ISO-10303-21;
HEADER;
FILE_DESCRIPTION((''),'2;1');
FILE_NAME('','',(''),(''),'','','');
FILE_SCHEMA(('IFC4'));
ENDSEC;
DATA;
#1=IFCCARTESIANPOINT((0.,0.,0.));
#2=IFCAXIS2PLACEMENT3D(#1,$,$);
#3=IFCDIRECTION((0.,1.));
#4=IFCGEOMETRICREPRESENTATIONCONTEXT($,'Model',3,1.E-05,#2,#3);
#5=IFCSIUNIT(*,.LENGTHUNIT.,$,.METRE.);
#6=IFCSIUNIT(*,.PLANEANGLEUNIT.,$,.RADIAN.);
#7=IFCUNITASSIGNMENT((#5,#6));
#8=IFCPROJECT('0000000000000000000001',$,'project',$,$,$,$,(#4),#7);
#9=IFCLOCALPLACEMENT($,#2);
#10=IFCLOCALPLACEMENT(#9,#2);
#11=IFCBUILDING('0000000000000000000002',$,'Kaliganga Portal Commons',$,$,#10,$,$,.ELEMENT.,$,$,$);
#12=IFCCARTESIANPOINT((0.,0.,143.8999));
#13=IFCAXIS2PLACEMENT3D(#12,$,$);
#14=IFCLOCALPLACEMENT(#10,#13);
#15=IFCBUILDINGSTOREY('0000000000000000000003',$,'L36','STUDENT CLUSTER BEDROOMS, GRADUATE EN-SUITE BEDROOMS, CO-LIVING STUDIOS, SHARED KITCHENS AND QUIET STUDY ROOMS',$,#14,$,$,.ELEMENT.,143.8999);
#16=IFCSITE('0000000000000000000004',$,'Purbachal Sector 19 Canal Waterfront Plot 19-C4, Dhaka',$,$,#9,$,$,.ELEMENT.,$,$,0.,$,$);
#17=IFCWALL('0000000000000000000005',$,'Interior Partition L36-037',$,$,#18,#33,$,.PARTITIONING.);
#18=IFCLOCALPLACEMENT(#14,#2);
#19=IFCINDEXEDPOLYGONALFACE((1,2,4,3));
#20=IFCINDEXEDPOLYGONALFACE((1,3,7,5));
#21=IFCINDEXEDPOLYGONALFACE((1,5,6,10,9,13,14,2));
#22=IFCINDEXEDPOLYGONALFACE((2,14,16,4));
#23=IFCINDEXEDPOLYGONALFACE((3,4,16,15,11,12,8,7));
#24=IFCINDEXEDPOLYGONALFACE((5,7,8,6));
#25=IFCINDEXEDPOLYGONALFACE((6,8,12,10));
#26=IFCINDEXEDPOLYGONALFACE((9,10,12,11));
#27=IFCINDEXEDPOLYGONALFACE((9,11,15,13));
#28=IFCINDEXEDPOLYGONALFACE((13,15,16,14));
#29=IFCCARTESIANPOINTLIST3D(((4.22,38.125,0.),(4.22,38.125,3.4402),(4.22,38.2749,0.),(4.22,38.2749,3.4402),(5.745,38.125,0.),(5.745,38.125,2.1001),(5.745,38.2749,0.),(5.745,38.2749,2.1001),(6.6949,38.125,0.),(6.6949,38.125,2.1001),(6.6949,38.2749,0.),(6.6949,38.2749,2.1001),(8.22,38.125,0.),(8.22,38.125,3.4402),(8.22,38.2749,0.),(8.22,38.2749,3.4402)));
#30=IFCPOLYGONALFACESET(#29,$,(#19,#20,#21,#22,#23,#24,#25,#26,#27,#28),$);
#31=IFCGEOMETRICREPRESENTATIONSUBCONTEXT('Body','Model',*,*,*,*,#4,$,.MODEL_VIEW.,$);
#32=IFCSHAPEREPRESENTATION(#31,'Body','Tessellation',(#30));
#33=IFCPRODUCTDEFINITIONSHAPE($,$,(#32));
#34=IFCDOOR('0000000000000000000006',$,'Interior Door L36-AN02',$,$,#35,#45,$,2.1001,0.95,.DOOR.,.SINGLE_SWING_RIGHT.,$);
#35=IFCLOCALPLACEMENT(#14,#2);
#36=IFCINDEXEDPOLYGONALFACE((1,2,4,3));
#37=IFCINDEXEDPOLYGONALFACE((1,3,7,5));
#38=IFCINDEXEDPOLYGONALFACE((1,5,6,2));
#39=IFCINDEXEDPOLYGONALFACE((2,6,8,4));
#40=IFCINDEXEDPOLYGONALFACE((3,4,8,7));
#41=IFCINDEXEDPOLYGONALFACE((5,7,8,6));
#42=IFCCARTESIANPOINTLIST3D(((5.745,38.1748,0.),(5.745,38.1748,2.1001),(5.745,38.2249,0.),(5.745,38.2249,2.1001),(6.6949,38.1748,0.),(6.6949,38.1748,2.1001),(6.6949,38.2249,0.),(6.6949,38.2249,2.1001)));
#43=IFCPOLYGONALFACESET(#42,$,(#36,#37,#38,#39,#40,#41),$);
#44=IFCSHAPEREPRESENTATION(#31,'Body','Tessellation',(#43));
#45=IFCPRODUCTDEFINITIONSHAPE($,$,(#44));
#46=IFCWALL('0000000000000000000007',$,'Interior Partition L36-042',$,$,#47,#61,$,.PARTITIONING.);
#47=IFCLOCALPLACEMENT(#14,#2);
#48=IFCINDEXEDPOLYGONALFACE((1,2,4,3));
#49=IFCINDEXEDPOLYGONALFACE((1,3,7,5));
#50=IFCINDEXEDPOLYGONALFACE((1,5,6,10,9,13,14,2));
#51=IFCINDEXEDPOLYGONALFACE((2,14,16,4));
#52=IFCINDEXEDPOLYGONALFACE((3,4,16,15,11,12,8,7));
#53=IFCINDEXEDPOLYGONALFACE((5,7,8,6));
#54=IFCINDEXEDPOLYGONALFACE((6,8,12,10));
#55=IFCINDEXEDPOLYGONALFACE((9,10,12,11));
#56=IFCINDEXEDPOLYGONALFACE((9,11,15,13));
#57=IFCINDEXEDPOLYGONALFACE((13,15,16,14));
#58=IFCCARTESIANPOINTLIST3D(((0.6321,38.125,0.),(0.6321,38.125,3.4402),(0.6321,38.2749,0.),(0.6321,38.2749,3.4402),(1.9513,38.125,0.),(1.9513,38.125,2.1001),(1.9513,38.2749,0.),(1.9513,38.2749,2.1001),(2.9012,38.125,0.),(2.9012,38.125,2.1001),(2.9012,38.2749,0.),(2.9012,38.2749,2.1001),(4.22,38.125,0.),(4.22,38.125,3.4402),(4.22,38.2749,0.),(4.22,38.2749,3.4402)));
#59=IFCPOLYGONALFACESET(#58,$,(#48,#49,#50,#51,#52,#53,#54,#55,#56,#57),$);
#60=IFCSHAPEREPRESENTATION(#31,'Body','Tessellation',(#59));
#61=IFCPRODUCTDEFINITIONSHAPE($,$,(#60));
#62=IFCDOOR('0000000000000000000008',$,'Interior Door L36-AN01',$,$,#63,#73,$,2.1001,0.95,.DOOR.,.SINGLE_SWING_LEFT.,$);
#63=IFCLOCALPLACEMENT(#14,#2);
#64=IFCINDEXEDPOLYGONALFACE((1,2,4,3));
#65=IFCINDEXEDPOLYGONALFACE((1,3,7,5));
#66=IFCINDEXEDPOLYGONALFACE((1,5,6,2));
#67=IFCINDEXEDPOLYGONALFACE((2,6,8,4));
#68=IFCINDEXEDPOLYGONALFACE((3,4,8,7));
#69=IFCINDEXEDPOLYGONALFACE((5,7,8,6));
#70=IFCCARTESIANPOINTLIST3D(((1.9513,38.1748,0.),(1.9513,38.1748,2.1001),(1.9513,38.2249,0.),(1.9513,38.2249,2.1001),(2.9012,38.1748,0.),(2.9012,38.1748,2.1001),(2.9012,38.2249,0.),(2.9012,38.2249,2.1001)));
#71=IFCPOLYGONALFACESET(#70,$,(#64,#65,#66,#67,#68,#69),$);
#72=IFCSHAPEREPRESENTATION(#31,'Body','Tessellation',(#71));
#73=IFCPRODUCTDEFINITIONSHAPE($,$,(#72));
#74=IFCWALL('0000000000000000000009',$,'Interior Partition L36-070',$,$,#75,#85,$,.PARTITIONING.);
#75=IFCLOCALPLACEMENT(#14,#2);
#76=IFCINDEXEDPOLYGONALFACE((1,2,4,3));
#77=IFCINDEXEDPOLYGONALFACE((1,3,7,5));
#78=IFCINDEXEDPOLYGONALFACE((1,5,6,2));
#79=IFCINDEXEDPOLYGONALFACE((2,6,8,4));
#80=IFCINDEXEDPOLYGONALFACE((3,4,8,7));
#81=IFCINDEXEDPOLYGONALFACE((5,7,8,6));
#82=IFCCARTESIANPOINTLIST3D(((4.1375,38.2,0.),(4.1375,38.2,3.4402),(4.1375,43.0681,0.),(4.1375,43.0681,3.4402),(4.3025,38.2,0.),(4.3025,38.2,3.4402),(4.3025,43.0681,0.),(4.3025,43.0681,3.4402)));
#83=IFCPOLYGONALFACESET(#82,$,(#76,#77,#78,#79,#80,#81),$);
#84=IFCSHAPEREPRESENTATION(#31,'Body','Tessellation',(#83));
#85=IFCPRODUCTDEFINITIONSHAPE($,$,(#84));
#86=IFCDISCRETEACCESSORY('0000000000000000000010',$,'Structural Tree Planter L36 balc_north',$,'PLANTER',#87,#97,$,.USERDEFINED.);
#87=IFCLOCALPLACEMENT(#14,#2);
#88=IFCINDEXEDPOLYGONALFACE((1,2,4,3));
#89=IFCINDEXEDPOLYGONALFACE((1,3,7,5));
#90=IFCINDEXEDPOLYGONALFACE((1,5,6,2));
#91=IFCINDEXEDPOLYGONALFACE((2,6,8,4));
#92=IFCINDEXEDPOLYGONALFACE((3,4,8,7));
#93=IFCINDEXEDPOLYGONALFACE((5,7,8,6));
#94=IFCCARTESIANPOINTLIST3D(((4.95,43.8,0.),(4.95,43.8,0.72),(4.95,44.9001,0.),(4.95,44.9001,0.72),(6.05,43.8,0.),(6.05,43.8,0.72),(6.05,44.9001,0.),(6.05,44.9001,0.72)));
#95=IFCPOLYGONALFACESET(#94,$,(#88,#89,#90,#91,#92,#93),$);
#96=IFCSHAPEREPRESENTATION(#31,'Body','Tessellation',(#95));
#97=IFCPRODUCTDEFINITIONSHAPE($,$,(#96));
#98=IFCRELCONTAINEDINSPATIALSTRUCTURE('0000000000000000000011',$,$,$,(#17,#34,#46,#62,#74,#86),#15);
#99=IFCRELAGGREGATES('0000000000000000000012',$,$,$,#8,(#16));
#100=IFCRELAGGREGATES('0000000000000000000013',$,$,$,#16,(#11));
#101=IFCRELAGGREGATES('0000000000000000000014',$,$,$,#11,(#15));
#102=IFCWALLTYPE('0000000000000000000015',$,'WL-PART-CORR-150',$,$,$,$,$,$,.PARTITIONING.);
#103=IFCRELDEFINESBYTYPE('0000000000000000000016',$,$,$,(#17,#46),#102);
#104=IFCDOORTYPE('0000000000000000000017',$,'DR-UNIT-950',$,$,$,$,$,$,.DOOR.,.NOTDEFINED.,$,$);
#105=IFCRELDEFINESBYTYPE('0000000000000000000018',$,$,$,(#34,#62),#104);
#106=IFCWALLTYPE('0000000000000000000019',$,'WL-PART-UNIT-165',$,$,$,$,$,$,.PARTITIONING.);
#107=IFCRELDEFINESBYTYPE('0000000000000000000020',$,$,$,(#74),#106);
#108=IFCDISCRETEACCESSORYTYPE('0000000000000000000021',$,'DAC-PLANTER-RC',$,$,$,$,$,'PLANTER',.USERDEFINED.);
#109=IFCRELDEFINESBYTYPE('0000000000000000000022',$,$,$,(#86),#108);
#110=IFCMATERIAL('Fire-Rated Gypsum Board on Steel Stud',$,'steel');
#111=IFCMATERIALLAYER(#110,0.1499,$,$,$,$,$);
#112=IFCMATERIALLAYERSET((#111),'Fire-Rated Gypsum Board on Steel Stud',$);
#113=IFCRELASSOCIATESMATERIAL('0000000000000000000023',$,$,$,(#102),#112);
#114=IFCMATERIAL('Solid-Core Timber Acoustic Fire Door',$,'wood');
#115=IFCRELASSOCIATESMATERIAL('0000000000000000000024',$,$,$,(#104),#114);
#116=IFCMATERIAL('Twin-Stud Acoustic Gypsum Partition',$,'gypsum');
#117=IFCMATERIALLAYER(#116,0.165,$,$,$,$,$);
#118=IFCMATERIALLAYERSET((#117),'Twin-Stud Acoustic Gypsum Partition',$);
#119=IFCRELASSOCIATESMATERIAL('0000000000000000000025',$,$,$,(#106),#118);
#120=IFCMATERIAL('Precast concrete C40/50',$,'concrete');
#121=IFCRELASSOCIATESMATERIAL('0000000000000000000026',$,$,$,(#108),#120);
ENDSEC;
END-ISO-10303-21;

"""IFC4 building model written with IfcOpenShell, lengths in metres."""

from ifc_helpers import new_model, si_unit, direction, frame, frame_2d, origin, origin_2d, place, context, subcontext, project, spatial, rectangle, extrude, source, transform, mapped, material, layer, layer_set, type_object, element, fill, save


model = new_model("IFC4")

# Units and contexts
model_context = context("Model", 3, precision=1e-05, world=origin(), true_north=direction((0.0, 1.0)))
body_context = subcontext(model_context, "Body", "Model", "MODEL_VIEW")
ifc_project = project(units=[si_unit("LENGTHUNIT", "METRE"), si_unit("PLANEANGLEUNIT", "RADIAN")], contexts=[model_context])

# Site, building, storey
site_placement = place(None, origin())
site = spatial("IfcSite", under=ifc_project, at=site_placement, Name="Purbachal Sector 19 Canal Waterfront Plot 19-C4, Dhaka", CompositionType="ELEMENT", RefElevation=0.0)
building_placement = place(site_placement, origin())
building = spatial("IfcBuilding", under=site, at=building_placement, Name="Kaliganga Portal Commons", CompositionType="ELEMENT")
storey_placement = place(building_placement, frame((0.0, 0.0, 143.8999)))
storey = spatial("IfcBuildingStorey", under=building, at=storey_placement, Name="L36", Description="STUDENT CLUSTER BEDROOMS, GRADUATE EN-SUITE BEDROOMS, CO-LIVING STUDIOS, SHARED KITCHENS AND QUIET STUDY ROOMS", CompositionType="ELEMENT", Elevation=143.8999)

# Walls, openings, doors
ifc_material_1 = material(Name="Fire-Rated Gypsum Board on Steel Stud", Category="steel")
ifc_layer_1 = layer(ifc_material_1, 0.1499)
ifc_layer_set_1 = layer_set([ifc_layer_1], Name="Fire-Rated Gypsum Board on Steel Stud")
wall_type_1 = type_object("IfcWallType", Name="WL-PART-CORR-150", PredefinedType="PARTITIONING", material=ifc_layer_set_1)
ifc_material_2 = material(Name="Solid-Core Timber Acoustic Fire Door", Category="wood")
door_type = type_object("IfcDoorType", Name="DR-UNIT-950", OperationType="NOTDEFINED", PredefinedType="DOOR", material=ifc_material_2)
wall_1_placement = place(storey_placement, frame((4.22, 38.2, 0.0), z_axis=(0.0, 0.0, 1.0), x_axis=(1.0, 0.0, 0.0)))
wall_1 = element("IfcWall", 1, at=wall_1_placement, inside=storey, type_object=wall_type_1, Name="Interior Partition L36-037", PredefinedType="PARTITIONING", context=body_context, shape_type="SweptSolid", body=[
    extrude(rectangle(XDim=4.0, YDim=0.1499, at=frame_2d((2.0, 0.0))), origin(), (0.0, 0.0, 1.0), 3.4402),
])
opening_1_placement = place(wall_1_placement, frame((1.5249, 0.0, 0.0)))
opening_1 = element("IfcOpeningElement", 2, at=opening_1_placement, cuts=wall_1, PredefinedType="OPENING", context=body_context, shape_type="SweptSolid", body=[
    extrude(rectangle(XDim=0.95, YDim=2.1001, at=frame_2d((0.4751, 1.05))), frame((0.0, 0.085, 0.0), z_axis=(0.0, -1.0, 0.0), x_axis=(1.0, 0.0, 0.0)), (0.0, 0.0, 1.0), 0.1699),
])
door_1_placement = place(opening_1_placement, origin())
door_1 = element("IfcDoor", 3, at=door_1_placement, inside=storey, type_object=door_type, Name="Interior Door L36-AN02", OperationType="SINGLE_SWING_RIGHT", OverallHeight=2.1001, OverallWidth=0.95, PredefinedType="DOOR", context=body_context, shape_type="SweptSolid", body=[
    extrude(rectangle(XDim=0.95, YDim=2.1001, at=frame_2d((0.4751, 1.05))), frame((0.0, 0.0249, 0.0), z_axis=(0.0, -1.0, 0.0), x_axis=(1.0, 0.0, 0.0)), (0.0, 0.0, 1.0), 0.05),
])
fill(opening_1, door_1)
wall_2_placement = place(storey_placement, frame((0.6321, 38.2, 0.0), z_axis=(0.0, 0.0, 1.0), x_axis=(1.0, 0.0, 0.0)))
wall_2 = element("IfcWall", 4, at=wall_2_placement, inside=storey, type_object=wall_type_1, Name="Interior Partition L36-042", PredefinedType="PARTITIONING", context=body_context, shape_type="SweptSolid", body=[
    extrude(rectangle(XDim=3.5879, YDim=0.1499, at=frame_2d((1.7939, 0.0))), origin(), (0.0, 0.0, 1.0), 3.4402),
])
opening_2_placement = place(wall_2_placement, frame((1.3191, 0.0, 0.0)))
opening_2 = element("IfcOpeningElement", 5, at=opening_2_placement, cuts=wall_2, PredefinedType="OPENING", context=body_context, shape_type="SweptSolid", body=[
    extrude(rectangle(XDim=0.95, YDim=2.1001, at=frame_2d((0.4751, 1.05))), frame((0.0, 0.085, 0.0), z_axis=(0.0, -1.0, 0.0), x_axis=(1.0, 0.0, 0.0)), (0.0, 0.0, 1.0), 0.1699),
])
door_2_placement = place(opening_2_placement, origin())
door_2 = element("IfcDoor", 6, at=door_2_placement, inside=storey, type_object=door_type, Name="Interior Door L36-AN01", OperationType="SINGLE_SWING_LEFT", OverallHeight=2.1001, OverallWidth=0.95, PredefinedType="DOOR", context=body_context, shape_type="SweptSolid", body=[
    extrude(rectangle(XDim=0.95, YDim=2.1001, at=frame_2d((0.4751, 1.05))), frame((0.0, 0.0249, 0.0), z_axis=(0.0, -1.0, 0.0), x_axis=(1.0, 0.0, 0.0)), (0.0, 0.0, 1.0), 0.05),
])
fill(opening_2, door_2)

# Wall
ifc_material_3 = material(Name="Twin-Stud Acoustic Gypsum Partition", Category="gypsum")
ifc_layer_2 = layer(ifc_material_3, 0.165)
ifc_layer_set_2 = layer_set([ifc_layer_2], Name="Twin-Stud Acoustic Gypsum Partition")
wall_type_2 = type_object("IfcWallType", Name="WL-PART-UNIT-165", PredefinedType="PARTITIONING", material=ifc_layer_set_2)
wall_3_placement = place(storey_placement, frame((4.22, 38.2, 0.0), z_axis=(0.0, 0.0, 1.0), x_axis=(0.0, 1.0, 0.0)))
element("IfcWall", 7, at=wall_3_placement, inside=storey, type_object=wall_type_2, Name="Interior Partition L36-070", PredefinedType="PARTITIONING", context=body_context, shape_type="SweptSolid", body=[
    extrude(rectangle(XDim=4.8682, YDim=0.165, at=frame_2d((2.4341, 0.0))), origin(), (0.0, 0.0, 1.0), 3.4402),
])

# Discrete accessory
ifc_material_4 = material(Name="Precast concrete C40/50", Category="concrete")
discrete_accessory_type = type_object("IfcDiscreteAccessoryType", Name="DAC-PLANTER-RC", ElementType="PLANTER", PredefinedType="USERDEFINED", material=ifc_material_4)
shared_shape_1 = source(origin(), body_context, "Body", "SweptSolid", [
    extrude(rectangle(XDim=1.1001, YDim=1.1001, at=origin_2d()), origin(), (0.0, 0.0, 1.0), 0.72),
])
discrete_accessory_placement = place(storey_placement, frame((5.5, 44.3501, 0.0), z_axis=(0.0, 0.0, 1.0), x_axis=(1.0, 0.0, 0.0)))
element("IfcDiscreteAccessory", 8, at=discrete_accessory_placement, inside=storey, type_object=discrete_accessory_type, Name="Structural Tree Planter L36 balc_north", ObjectType="PLANTER", PredefinedType="USERDEFINED", context=body_context, shape_type="MappedRepresentation", body=[
    mapped(shared_shape_1, transform((0.0, 0.0, 0.0), x_axis=(1.0, 0.0, 0.0), y_axis=(0.0, 1.0, 0.0), z_axis=(0.0, 0.0, 1.0), scale=1.0)),
])

save(model, "model.ifc")
